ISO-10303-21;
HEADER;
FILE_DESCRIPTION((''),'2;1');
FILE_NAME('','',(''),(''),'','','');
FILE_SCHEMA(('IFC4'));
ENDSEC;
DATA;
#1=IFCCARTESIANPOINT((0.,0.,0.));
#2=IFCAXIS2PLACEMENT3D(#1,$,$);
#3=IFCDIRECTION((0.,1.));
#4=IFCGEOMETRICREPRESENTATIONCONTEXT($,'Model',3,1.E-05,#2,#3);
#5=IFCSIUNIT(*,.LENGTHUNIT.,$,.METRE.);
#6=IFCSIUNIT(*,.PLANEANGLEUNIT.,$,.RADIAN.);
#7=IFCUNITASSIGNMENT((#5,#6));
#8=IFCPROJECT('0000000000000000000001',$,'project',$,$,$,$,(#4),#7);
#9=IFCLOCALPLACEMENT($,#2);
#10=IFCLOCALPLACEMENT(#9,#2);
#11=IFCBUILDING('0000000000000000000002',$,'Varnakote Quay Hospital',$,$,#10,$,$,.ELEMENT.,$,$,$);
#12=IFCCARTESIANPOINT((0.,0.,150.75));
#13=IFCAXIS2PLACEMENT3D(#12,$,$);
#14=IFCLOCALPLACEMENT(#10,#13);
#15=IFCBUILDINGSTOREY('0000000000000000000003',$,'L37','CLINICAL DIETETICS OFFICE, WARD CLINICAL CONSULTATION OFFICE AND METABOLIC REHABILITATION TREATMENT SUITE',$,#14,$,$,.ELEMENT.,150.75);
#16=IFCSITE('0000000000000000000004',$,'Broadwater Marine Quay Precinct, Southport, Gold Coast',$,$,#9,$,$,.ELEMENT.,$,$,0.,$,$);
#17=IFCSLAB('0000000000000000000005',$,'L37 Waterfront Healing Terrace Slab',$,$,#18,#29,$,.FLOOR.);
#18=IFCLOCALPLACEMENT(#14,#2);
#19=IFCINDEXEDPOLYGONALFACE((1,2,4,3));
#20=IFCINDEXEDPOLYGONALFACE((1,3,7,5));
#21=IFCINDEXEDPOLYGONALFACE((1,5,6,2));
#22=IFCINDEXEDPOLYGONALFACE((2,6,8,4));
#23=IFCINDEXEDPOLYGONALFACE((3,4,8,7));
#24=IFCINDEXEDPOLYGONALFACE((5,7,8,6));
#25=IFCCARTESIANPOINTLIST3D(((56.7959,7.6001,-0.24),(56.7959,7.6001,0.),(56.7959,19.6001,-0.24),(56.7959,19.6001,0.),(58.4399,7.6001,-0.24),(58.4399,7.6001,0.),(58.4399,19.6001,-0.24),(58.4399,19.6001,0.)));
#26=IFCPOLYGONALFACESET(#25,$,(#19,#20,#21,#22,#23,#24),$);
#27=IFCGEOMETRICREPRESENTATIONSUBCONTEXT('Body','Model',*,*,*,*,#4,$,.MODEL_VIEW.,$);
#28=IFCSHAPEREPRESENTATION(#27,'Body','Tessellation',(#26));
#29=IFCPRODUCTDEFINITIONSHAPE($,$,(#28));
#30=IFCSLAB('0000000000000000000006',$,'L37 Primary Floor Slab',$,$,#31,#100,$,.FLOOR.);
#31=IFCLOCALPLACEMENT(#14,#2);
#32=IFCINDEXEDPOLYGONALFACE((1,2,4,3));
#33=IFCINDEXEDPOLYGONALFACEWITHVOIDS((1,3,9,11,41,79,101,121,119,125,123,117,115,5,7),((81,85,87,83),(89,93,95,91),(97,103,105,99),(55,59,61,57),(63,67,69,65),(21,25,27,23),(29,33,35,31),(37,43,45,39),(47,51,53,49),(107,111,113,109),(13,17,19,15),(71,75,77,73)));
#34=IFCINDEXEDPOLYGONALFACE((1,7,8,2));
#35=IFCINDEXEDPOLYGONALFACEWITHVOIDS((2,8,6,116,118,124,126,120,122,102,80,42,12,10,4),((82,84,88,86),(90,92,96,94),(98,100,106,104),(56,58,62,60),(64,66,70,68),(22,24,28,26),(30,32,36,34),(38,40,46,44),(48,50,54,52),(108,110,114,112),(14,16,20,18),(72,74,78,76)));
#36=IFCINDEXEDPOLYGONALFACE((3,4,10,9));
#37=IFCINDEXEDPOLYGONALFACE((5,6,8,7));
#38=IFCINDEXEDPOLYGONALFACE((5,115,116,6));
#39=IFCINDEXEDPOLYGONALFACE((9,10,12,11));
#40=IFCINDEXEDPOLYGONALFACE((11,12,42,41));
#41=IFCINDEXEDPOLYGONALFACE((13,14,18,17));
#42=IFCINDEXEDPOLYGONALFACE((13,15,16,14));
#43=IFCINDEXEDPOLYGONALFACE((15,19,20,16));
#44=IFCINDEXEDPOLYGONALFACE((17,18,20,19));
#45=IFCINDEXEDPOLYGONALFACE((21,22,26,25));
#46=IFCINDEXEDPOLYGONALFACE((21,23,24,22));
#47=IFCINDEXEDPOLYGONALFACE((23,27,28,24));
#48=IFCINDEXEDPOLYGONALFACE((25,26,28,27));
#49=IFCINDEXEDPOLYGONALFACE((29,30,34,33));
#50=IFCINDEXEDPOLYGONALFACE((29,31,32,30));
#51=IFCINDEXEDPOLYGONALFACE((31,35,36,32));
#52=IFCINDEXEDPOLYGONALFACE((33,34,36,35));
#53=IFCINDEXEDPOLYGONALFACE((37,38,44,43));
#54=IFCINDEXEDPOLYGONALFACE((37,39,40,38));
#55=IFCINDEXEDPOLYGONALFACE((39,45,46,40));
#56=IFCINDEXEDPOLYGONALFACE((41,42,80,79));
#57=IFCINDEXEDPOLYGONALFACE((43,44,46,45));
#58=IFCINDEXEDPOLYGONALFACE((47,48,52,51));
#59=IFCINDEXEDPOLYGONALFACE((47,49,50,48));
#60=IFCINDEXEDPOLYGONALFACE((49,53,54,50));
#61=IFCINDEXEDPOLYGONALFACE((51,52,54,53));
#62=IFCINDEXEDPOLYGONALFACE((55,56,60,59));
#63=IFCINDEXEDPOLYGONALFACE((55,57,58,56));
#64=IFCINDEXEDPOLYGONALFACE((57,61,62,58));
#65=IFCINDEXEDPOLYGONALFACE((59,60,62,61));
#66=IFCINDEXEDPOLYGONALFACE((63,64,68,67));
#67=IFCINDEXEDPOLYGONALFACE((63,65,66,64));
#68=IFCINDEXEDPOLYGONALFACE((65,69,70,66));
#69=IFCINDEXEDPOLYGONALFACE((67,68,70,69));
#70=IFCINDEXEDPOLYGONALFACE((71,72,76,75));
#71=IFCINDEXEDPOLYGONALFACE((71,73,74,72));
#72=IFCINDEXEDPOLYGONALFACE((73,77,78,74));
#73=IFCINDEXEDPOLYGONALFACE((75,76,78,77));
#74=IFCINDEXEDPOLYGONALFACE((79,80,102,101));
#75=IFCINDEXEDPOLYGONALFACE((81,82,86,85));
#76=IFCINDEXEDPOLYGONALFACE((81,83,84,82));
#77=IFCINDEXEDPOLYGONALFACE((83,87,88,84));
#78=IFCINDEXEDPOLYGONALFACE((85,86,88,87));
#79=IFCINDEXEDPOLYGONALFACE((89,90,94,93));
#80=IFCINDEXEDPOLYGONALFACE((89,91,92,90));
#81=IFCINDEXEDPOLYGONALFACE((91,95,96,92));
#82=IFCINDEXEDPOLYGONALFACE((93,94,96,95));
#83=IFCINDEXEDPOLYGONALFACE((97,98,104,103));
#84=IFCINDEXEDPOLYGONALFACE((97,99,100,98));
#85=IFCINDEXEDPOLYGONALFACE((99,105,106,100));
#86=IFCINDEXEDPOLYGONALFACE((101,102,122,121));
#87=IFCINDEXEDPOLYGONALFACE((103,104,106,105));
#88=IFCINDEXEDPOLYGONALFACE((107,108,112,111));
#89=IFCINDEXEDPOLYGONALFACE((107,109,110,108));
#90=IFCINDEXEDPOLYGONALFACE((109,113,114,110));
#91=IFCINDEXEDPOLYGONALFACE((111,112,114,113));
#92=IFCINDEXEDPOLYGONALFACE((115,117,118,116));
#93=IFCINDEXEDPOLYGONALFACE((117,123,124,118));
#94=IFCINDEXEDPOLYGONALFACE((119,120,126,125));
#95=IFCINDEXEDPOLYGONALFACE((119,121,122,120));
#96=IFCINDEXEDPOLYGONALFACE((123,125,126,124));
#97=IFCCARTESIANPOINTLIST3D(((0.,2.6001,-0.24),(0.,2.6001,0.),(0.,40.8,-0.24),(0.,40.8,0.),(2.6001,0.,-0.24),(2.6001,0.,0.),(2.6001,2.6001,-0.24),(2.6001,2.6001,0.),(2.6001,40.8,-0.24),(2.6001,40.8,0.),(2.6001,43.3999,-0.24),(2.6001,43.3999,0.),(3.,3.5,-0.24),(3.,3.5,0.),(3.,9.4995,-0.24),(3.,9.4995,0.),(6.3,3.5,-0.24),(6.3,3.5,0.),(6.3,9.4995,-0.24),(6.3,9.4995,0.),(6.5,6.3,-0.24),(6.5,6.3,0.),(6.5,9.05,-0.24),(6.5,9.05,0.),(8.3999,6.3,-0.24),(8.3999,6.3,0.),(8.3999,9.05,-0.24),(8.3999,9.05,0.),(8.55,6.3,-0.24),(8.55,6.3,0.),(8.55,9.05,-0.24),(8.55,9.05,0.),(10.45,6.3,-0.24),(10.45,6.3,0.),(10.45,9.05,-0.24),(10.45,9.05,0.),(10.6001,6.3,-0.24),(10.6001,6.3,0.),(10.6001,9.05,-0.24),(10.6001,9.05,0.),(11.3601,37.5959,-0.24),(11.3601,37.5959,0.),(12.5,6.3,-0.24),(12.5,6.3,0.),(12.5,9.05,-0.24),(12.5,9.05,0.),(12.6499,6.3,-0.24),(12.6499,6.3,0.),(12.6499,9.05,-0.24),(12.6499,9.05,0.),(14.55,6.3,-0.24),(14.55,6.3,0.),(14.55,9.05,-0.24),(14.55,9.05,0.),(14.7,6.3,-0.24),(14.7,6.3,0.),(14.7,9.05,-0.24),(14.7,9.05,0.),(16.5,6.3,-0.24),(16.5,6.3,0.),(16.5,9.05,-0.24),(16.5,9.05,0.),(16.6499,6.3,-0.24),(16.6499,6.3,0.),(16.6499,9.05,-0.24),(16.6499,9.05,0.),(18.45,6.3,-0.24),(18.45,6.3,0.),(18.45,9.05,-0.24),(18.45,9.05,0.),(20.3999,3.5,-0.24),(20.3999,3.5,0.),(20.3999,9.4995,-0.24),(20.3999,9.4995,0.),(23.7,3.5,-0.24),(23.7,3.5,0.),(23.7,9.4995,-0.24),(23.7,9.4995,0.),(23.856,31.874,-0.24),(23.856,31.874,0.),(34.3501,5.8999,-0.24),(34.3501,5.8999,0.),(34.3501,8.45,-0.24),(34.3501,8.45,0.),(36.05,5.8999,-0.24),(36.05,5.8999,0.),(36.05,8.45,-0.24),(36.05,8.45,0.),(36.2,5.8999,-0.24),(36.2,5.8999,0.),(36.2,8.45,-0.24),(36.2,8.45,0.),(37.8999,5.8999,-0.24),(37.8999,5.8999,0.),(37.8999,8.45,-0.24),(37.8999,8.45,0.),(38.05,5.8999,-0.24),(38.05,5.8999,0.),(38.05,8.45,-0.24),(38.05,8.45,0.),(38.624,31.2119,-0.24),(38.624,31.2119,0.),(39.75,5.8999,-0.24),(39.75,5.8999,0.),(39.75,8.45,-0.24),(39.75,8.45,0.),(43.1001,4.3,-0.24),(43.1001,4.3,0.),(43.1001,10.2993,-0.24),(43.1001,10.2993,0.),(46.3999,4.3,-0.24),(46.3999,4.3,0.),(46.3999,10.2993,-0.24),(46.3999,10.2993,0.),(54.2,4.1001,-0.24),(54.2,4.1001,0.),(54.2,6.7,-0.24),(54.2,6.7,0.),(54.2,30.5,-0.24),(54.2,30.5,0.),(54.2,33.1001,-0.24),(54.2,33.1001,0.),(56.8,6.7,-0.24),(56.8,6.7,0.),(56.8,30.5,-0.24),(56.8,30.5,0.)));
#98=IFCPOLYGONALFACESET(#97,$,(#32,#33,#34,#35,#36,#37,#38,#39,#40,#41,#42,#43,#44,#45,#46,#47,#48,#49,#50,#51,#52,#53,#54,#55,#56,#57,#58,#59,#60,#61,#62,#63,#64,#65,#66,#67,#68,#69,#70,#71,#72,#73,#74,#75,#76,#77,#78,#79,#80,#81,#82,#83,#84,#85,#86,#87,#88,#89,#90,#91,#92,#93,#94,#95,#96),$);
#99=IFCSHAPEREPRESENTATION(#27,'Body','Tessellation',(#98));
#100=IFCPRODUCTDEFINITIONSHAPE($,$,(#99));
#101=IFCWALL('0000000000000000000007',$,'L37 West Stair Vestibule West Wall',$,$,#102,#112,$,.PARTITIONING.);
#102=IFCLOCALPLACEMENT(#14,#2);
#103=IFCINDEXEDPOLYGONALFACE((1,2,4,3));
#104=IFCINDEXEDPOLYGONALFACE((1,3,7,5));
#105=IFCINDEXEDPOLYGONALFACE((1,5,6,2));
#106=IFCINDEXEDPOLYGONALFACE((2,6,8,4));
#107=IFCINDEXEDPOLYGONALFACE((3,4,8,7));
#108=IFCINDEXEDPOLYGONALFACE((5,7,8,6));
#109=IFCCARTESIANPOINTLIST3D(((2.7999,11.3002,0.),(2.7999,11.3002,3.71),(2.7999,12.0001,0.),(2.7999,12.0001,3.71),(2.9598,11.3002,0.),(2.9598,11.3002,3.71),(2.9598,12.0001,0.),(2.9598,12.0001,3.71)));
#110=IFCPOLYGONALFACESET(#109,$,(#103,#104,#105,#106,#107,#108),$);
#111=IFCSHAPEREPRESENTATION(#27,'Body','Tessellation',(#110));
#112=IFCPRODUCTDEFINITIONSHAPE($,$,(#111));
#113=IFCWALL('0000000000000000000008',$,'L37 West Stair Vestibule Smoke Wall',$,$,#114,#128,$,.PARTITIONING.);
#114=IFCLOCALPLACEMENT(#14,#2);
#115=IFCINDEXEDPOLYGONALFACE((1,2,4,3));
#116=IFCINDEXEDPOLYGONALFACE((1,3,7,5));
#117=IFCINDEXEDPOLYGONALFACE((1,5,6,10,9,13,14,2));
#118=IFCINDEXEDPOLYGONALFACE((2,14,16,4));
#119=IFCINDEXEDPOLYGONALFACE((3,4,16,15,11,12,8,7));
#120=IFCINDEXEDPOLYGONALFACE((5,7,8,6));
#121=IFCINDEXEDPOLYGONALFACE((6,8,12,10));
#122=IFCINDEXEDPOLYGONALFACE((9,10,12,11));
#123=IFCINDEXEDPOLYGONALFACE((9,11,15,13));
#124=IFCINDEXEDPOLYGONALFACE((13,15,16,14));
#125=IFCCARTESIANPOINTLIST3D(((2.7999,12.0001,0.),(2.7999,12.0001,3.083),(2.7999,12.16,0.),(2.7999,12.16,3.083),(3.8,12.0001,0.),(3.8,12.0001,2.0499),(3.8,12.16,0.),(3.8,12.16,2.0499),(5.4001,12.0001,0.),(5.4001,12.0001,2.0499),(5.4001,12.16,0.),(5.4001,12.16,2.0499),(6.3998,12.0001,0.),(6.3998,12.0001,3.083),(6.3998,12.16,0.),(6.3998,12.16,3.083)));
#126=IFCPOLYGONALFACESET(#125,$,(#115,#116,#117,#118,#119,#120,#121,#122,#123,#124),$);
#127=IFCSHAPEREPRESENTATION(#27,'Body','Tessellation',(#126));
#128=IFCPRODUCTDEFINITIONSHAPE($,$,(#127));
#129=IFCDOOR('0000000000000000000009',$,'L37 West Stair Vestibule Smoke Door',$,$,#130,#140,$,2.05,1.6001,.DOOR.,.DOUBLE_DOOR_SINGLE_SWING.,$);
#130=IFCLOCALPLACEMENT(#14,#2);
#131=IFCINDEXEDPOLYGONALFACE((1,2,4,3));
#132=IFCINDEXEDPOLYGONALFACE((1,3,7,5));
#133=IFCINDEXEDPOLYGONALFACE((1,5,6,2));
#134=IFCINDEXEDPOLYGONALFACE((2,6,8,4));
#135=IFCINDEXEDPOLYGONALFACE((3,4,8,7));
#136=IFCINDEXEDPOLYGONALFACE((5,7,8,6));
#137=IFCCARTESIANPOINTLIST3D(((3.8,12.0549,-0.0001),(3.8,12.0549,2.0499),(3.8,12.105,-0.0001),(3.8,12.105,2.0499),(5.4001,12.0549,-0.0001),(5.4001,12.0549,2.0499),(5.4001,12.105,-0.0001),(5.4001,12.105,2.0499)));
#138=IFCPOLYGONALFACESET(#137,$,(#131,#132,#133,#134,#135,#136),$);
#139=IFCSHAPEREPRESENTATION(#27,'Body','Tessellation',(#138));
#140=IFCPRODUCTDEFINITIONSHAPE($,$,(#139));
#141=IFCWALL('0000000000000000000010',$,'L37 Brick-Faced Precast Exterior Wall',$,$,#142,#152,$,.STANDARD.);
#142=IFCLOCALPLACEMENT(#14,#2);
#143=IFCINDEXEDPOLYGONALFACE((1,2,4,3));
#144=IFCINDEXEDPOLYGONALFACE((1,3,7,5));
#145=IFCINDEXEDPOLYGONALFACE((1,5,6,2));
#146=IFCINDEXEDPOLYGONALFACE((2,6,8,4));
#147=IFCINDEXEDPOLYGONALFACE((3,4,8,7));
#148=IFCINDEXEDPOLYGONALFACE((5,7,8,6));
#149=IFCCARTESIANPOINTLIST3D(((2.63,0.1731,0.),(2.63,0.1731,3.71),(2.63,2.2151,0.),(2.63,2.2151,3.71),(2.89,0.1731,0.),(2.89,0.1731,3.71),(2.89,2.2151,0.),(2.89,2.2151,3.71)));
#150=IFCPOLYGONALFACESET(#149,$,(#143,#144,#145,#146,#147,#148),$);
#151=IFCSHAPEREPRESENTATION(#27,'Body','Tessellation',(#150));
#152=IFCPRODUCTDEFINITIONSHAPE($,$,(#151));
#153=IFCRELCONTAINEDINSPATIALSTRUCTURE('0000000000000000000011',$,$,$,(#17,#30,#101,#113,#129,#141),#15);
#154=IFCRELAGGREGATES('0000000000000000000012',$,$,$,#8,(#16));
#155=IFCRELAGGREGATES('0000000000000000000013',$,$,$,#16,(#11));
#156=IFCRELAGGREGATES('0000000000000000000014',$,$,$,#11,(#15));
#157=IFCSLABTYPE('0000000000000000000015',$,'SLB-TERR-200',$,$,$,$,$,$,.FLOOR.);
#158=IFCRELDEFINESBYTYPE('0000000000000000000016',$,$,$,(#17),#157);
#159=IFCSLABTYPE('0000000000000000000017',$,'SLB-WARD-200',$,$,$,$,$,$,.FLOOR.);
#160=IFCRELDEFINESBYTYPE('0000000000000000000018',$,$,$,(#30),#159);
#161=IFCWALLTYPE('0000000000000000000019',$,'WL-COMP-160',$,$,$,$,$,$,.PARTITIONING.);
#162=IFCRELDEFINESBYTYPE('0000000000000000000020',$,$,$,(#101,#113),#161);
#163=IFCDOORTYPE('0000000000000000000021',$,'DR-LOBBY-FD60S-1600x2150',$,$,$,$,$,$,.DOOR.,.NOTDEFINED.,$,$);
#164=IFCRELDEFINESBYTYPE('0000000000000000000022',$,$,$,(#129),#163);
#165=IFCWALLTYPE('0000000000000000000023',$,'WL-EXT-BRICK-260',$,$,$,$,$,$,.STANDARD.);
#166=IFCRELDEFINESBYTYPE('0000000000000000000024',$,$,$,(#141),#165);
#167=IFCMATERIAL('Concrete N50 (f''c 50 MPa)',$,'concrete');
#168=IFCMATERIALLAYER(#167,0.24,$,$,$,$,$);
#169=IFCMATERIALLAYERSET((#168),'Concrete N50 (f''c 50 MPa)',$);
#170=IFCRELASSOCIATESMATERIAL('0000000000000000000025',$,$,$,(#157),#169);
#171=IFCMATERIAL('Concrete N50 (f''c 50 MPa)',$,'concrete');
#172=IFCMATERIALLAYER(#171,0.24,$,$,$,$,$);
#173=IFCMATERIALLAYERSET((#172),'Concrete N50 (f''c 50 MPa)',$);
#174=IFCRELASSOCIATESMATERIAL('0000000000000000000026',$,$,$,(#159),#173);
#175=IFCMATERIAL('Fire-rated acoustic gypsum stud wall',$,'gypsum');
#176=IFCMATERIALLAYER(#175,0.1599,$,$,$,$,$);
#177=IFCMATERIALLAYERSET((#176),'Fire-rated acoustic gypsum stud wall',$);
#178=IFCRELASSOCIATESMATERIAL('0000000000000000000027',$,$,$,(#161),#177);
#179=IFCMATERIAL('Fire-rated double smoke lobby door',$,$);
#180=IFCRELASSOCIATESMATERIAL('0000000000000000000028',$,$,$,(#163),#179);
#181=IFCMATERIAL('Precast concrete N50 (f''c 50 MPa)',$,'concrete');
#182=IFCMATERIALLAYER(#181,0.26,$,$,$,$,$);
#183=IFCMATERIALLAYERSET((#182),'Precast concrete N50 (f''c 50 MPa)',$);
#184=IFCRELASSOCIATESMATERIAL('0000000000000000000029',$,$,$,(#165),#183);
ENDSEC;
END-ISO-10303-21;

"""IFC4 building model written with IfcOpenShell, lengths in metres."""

from ifc_helpers import new_model, si_unit, direction, frame, frame_2d, origin, place, context, subcontext, project, spatial, polyline, rectangle, outline, extrude, material, layer, layer_set, type_object, element, fill, save


model = new_model("IFC4")

# Units and contexts
model_context = context("Model", 3, precision=1e-05, world=origin(), true_north=direction((0.0, 1.0)))
body_context = subcontext(model_context, "Body", "Model", "MODEL_VIEW")
ifc_project = project(units=[si_unit("LENGTHUNIT", "METRE"), si_unit("PLANEANGLEUNIT", "RADIAN")], contexts=[model_context])

# Site, building, storey
site_placement = place(None, origin())
site = spatial("IfcSite", under=ifc_project, at=site_placement, Name="Broadwater Marine Quay Precinct, Southport, Gold Coast", CompositionType="ELEMENT", RefElevation=0.0)
building_placement = place(site_placement, origin())
building = spatial("IfcBuilding", under=site, at=building_placement, Name="Varnakote Quay Hospital", CompositionType="ELEMENT")
storey_placement = place(building_placement, frame((0.0, 0.0, 150.75)))
storey = spatial("IfcBuildingStorey", under=building, at=storey_placement, Name="L37", Description="CLINICAL DIETETICS OFFICE, WARD CLINICAL CONSULTATION OFFICE AND METABOLIC REHABILITATION TREATMENT SUITE", CompositionType="ELEMENT", Elevation=150.75)

# Slabs
ifc_material_1 = material(Name="Concrete N50 (f'c 50 MPa)", Category="concrete")
ifc_layer_1 = layer(ifc_material_1, 0.24)
ifc_layer_set_1 = layer_set([ifc_layer_1], Name="Concrete N50 (f'c 50 MPa)")
slab_type_1 = type_object("IfcSlabType", Name="SLB-TERR-200", PredefinedType="FLOOR", material=ifc_layer_set_1)
slab_1_placement = place(storey_placement, frame((0.0, 0.0, -0.24)))
element("IfcSlab", 1, at=slab_1_placement, inside=storey, type_object=slab_type_1, Name="L37 Waterfront Healing Terrace Slab", PredefinedType="FLOOR", context=body_context, shape_type="SweptSolid", body=[
    extrude(outline(polyline([(56.7959, 7.6001), (58.4399, 7.6001), (58.4399, 19.6001), (56.7959, 19.6001), (56.7959, 7.6001)])), origin(), (0.0, 0.0, 1.0), 0.24),
])
ifc_material_2 = material(Name="Concrete N50 (f'c 50 MPa)", Category="concrete")
ifc_layer_2 = layer(ifc_material_2, 0.24)
ifc_layer_set_2 = layer_set([ifc_layer_2], Name="Concrete N50 (f'c 50 MPa)")
slab_type_2 = type_object("IfcSlabType", Name="SLB-WARD-200", PredefinedType="FLOOR", material=ifc_layer_set_2)
slab_2_placement = place(storey_placement, frame((0.0, 0.0, -0.24)))
element("IfcSlab", 2, at=slab_2_placement, inside=storey, type_object=slab_type_2, Name="L37 Primary Floor Slab", PredefinedType="FLOOR", context=body_context, shape_type="SweptSolid", body=[
    extrude(outline(polyline([(0.0, 2.6001), (2.6001, 2.6001), (2.6001, 0.0), (54.2, 4.1001), (54.2, 6.7), (56.8, 6.7), (56.8, 30.5), (54.2, 30.5), (54.2, 33.1001), (38.624, 31.2119), (23.856, 31.874), (11.3601, 37.5959), (2.6001, 43.3999), (2.6001, 40.8), (0.0, 40.8), (0.0, 2.6001)]), holes=[polyline([(3.0, 3.5), (6.3, 3.5), (6.3, 9.4995), (3.0, 9.4995), (3.0, 3.5)]), polyline([(20.3999, 3.5), (23.7, 3.5), (23.7, 9.4995), (20.3999, 9.4995), (20.3999, 3.5)]), polyline([(43.1001, 4.3), (46.3999, 4.3), (46.3999, 10.2993), (43.1001, 10.2993), (43.1001, 4.3)]), polyline([(6.5, 6.3), (8.3999, 6.3), (8.3999, 9.05), (6.5, 9.05), (6.5, 6.3)]), polyline([(8.55, 6.3), (10.45, 6.3), (10.45, 9.05), (8.55, 9.05), (8.55, 6.3)]), polyline([(10.6001, 6.3), (12.5, 6.3), (12.5, 9.05), (10.6001, 9.05), (10.6001, 6.3)]), polyline([(12.6499, 6.3), (14.55, 6.3), (14.55, 9.05), (12.6499, 9.05), (12.6499, 6.3)]), polyline([(14.7, 6.3), (16.5, 6.3), (16.5, 9.05), (14.7, 9.05), (14.7, 6.3)]), polyline([(16.6499, 6.3), (18.45, 6.3), (18.45, 9.05), (16.6499, 9.05), (16.6499, 6.3)]), polyline([(34.3501, 5.8999), (36.05, 5.8999), (36.05, 8.45), (34.3501, 8.45), (34.3501, 5.8999)]), polyline([(36.2, 5.8999), (37.8999, 5.8999), (37.8999, 8.45), (36.2, 8.45), (36.2, 5.8999)]), polyline([(38.05, 5.8999), (39.75, 5.8999), (39.75, 8.45), (38.05, 8.45), (38.05, 5.8999)])]), origin(), (0.0, 0.0, 1.0), 0.24),
])

# Wall
ifc_material_3 = material(Name="Fire-rated acoustic gypsum stud wall", Category="gypsum")
ifc_layer_3 = layer(ifc_material_3, 0.1599)
ifc_layer_set_3 = layer_set([ifc_layer_3], Name="Fire-rated acoustic gypsum stud wall")
wall_type_1 = type_object("IfcWallType", Name="WL-COMP-160", PredefinedType="PARTITIONING", material=ifc_layer_set_3)
wall_1_placement = place(storey_placement, frame((2.8799, 11.3, 0.0), z_axis=(0.0, 0.0, 1.0), x_axis=(0.0, 1.0, 0.0)))
element("IfcWall", 3, at=wall_1_placement, inside=storey, type_object=wall_type_1, Name="L37 West Stair Vestibule West Wall", PredefinedType="PARTITIONING", context=body_context, shape_type="SweptSolid", body=[
    extrude(rectangle(XDim=0.7, YDim=0.1599, at=frame_2d((0.3501, 0.0))), origin(), (0.0, 0.0, 1.0), 3.71),
])

# Wall, opening, door
wall_2_placement = place(storey_placement, frame((2.8, 12.0801, 0.0), z_axis=(0.0, 0.0, 1.0), x_axis=(1.0, 0.0, 0.0)))
wall_2 = element("IfcWall", 4, at=wall_2_placement, inside=storey, type_object=wall_type_1, Name="L37 West Stair Vestibule Smoke Wall", PredefinedType="PARTITIONING", context=body_context, shape_type="SweptSolid", body=[
    extrude(rectangle(XDim=3.5999, YDim=0.1599, at=frame_2d((1.7998, 0.0))), origin(), (0.0, 0.0, 1.0), 3.083),
])
opening_1_placement = place(wall_2_placement, frame((1.0, 0.0, 0.0)))
opening_1 = element("IfcOpeningElement", 5, at=opening_1_placement, cuts=wall_2, PredefinedType="OPENING", context=body_context, shape_type="SweptSolid", body=[
    extrude(rectangle(XDim=1.6001, YDim=2.05, at=frame_2d((0.8, 1.0249))), frame((0.0, 0.0898, 0.0), z_axis=(0.0, -1.0, 0.0), x_axis=(1.0, 0.0, 0.0)), (0.0, 0.0, 1.0), 0.1799),
])
ifc_material_4 = material(Name="Fire-rated double smoke lobby door")
door_type_1 = type_object("IfcDoorType", Name="DR-LOBBY-FD60S-1600x2150", OperationType="NOTDEFINED", PredefinedType="DOOR", material=ifc_material_4)
door_1_placement = place(opening_1_placement, origin())
door_1 = element("IfcDoor", 6, at=door_1_placement, inside=storey, type_object=door_type_1, Name="L37 West Stair Vestibule Smoke Door", OperationType="DOUBLE_DOOR_SINGLE_SWING", OverallHeight=2.05, OverallWidth=1.6001, PredefinedType="DOOR", context=body_context, shape_type="SweptSolid", body=[
    extrude(rectangle(XDim=1.6001, YDim=2.05, at=frame_2d((0.8, 1.0249))), frame((0.0, 0.0249, 0.0), z_axis=(0.0, -1.0, 0.0), x_axis=(1.0, 0.0, 0.0)), (0.0, 0.0, 1.0), 0.05),
])
fill(opening_1, door_1)

# Wall
ifc_material_5 = material(Name="Precast concrete N50 (f'c 50 MPa)", Category="concrete")
ifc_layer_4 = layer(ifc_material_5, 0.26)
ifc_layer_set_4 = layer_set([ifc_layer_4], Name="Precast concrete N50 (f'c 50 MPa)")
wall_type_2 = type_object("IfcWallType", Name="WL-EXT-BRICK-260", PredefinedType="STANDARD", material=ifc_layer_set_4)
wall_3_placement = place(storey_placement, frame((2.76, 2.2151, 0.0), z_axis=(0.0, 0.0, 1.0), x_axis=(0.0, -1.0, 0.0)))
element("IfcWall", 7, at=wall_3_placement, inside=storey, type_object=wall_type_2, Name="L37 Brick-Faced Precast Exterior Wall", PredefinedType="STANDARD", context=body_context, shape_type="SweptSolid", body=[
    extrude(rectangle(XDim=2.042, YDim=0.26, at=frame_2d((1.021, 0.0))), origin(), (0.0, 0.0, 1.0), 3.71),
])

save(model, "model.ifc")
